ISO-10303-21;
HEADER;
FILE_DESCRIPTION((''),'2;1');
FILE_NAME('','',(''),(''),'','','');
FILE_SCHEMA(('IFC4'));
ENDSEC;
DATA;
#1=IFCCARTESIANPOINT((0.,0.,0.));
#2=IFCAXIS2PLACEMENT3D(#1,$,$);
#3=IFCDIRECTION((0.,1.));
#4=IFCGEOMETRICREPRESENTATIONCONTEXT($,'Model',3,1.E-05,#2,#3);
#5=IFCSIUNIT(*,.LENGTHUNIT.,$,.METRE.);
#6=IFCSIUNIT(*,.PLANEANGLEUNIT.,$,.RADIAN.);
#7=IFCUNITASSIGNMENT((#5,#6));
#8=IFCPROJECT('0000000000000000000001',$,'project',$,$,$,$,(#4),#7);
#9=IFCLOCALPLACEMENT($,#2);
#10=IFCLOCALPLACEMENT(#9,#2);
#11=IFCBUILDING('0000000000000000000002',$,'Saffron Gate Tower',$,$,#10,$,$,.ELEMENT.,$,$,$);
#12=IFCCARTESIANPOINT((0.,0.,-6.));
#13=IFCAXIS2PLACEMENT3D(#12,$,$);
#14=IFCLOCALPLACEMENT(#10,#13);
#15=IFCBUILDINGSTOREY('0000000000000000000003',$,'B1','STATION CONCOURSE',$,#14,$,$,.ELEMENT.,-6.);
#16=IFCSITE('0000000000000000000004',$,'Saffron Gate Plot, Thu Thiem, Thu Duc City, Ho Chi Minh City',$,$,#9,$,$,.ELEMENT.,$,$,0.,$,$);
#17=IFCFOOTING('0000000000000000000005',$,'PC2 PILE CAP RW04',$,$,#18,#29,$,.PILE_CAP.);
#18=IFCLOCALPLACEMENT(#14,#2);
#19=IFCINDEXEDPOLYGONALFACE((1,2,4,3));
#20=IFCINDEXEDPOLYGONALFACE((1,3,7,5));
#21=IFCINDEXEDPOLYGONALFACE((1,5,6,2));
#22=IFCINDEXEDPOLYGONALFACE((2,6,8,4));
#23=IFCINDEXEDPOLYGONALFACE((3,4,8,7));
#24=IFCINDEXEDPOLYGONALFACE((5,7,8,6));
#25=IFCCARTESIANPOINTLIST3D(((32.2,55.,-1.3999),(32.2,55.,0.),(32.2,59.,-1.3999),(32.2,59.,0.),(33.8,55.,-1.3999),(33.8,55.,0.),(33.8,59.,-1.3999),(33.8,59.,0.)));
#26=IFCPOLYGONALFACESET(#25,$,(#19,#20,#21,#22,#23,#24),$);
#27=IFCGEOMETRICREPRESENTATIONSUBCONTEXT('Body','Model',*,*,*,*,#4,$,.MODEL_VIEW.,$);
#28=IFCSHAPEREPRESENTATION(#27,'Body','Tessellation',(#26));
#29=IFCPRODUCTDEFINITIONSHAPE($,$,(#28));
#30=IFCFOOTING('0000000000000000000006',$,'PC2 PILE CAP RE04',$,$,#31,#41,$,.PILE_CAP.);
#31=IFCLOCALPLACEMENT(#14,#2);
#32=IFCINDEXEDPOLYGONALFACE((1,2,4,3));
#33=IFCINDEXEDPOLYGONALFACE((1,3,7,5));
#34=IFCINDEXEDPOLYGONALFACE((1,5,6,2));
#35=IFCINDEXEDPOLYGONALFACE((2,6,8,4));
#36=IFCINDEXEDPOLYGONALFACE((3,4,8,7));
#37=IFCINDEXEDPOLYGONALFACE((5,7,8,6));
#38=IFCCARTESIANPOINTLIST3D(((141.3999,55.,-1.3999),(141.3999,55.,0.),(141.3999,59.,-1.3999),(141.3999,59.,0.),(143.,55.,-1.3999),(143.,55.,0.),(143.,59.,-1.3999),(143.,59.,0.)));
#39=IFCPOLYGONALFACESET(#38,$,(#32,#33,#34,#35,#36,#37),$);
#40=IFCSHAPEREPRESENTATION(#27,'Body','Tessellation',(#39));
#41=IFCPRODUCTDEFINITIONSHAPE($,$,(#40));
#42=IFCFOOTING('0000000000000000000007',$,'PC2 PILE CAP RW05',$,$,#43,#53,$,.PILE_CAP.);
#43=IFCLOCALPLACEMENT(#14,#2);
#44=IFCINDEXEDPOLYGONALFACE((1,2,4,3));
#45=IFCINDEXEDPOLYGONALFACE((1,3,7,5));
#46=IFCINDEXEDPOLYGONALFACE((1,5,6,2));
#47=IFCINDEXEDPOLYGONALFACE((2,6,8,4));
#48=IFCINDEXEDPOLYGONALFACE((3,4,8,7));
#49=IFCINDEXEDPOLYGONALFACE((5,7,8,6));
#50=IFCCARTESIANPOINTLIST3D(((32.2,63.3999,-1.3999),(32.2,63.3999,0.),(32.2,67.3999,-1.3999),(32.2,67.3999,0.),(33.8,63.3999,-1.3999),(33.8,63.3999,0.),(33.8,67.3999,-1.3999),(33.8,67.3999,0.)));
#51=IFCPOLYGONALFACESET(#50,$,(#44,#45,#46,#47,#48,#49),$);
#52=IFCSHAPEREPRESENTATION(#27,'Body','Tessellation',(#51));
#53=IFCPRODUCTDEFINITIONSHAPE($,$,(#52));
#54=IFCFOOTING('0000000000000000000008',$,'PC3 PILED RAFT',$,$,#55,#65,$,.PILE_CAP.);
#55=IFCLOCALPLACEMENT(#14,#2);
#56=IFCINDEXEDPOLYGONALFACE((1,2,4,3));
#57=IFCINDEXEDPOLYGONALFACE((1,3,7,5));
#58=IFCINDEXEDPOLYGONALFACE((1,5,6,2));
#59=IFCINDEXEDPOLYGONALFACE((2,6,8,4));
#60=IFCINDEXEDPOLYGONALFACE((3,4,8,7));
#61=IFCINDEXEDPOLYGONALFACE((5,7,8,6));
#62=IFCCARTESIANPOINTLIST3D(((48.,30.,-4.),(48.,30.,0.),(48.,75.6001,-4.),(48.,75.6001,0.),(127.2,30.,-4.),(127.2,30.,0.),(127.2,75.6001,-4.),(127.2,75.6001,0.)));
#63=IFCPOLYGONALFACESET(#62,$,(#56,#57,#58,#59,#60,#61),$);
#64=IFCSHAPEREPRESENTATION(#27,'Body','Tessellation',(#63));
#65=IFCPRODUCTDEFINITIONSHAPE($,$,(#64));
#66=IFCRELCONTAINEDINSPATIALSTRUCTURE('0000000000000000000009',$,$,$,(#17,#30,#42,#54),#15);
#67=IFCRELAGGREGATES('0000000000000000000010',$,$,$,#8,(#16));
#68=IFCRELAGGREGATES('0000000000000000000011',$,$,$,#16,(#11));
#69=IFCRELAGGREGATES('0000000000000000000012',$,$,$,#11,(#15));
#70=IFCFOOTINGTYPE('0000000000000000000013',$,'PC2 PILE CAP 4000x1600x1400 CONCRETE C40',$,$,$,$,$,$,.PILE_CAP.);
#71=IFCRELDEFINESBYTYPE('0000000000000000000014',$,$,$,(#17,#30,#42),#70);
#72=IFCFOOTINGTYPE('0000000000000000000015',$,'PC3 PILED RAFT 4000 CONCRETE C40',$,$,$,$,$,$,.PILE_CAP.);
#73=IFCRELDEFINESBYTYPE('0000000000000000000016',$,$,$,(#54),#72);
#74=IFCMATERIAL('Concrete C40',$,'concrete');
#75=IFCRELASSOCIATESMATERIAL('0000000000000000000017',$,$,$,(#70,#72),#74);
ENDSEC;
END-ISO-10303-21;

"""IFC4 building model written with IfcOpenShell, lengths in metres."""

from ifc_helpers import new_model, si_unit, direction, frame, origin, place, context, subcontext, project, spatial, polyline, outline, extrude, material, type_object, element, save


model = new_model("IFC4")

# Units and contexts
model_context = context("Model", 3, precision=1e-05, world=origin(), true_north=direction((0.0, 1.0)))
body_context = subcontext(model_context, "Body", "Model", "MODEL_VIEW")
ifc_project = project(units=[si_unit("LENGTHUNIT", "METRE"), si_unit("PLANEANGLEUNIT", "RADIAN")], contexts=[model_context])

# Site, building, storey
site_placement = place(None, origin())
site = spatial("IfcSite", under=ifc_project, at=site_placement, Name="Saffron Gate Plot, Thu Thiem, Thu Duc City, Ho Chi Minh City", CompositionType="ELEMENT", RefElevation=0.0)
building_placement = place(site_placement, origin())
building = spatial("IfcBuilding", under=site, at=building_placement, Name="Saffron Gate Tower", CompositionType="ELEMENT")
storey_placement = place(building_placement, frame((0.0, 0.0, -6.0)))
storey = spatial("IfcBuildingStorey", under=building, at=storey_placement, Name="B1", Description="STATION CONCOURSE", CompositionType="ELEMENT", Elevation=-6.0)

# Footings
ifc_material = material(Name="Concrete C40", Category="concrete")
footing_type_1 = type_object("IfcFootingType", Name="PC2 PILE CAP 4000x1600x1400 CONCRETE C40", PredefinedType="PILE_CAP", material=ifc_material)
footing_1_placement = place(storey_placement, frame((0.0, 0.0, -1.3999)))
element("IfcFooting", 1, at=footing_1_placement, inside=storey, type_object=footing_type_1, Name="PC2 PILE CAP RW04", PredefinedType="PILE_CAP", context=body_context, shape_type="SweptSolid", body=[
    extrude(outline(polyline([(32.2, 55.0), (33.8, 55.0), (33.8, 59.0), (32.2, 59.0), (32.2, 55.0)])), origin(), (0.0, 0.0, 1.0), 1.3999),
])
footing_2_placement = place(storey_placement, frame((0.0, 0.0, -1.3999)))
element("IfcFooting", 2, at=footing_2_placement, inside=storey, type_object=footing_type_1, Name="PC2 PILE CAP RE04", PredefinedType="PILE_CAP", context=body_context, shape_type="SweptSolid", body=[
    extrude(outline(polyline([(141.3999, 55.0), (143.0, 55.0), (143.0, 59.0), (141.3999, 59.0), (141.3999, 55.0)])), origin(), (0.0, 0.0, 1.0), 1.3999),
])
footing_3_placement = place(storey_placement, frame((0.0, 0.0, -1.3999)))
element("IfcFooting", 3, at=footing_3_placement, inside=storey, type_object=footing_type_1, Name="PC2 PILE CAP RW05", PredefinedType="PILE_CAP", context=body_context, shape_type="SweptSolid", body=[
    extrude(outline(polyline([(32.2, 63.3999), (33.8, 63.3999), (33.8, 67.3999), (32.2, 67.3999), (32.2, 63.3999)])), origin(), (0.0, 0.0, 1.0), 1.3999),
])
footing_type_2 = type_object("IfcFootingType", Name="PC3 PILED RAFT 4000 CONCRETE C40", PredefinedType="PILE_CAP", material=ifc_material)
footing_4_placement = place(storey_placement, frame((0.0, 0.0, -4.0)))
element("IfcFooting", 4, at=footing_4_placement, inside=storey, type_object=footing_type_2, Name="PC3 PILED RAFT", PredefinedType="PILE_CAP", context=body_context, shape_type="SweptSolid", body=[
    extrude(outline(polyline([(48.0, 30.0), (127.2, 30.0), (127.2, 75.6001), (48.0, 75.6001), (48.0, 30.0)])), origin(), (0.0, 0.0, 1.0), 4.0),
])

save(model, "model.ifc")
